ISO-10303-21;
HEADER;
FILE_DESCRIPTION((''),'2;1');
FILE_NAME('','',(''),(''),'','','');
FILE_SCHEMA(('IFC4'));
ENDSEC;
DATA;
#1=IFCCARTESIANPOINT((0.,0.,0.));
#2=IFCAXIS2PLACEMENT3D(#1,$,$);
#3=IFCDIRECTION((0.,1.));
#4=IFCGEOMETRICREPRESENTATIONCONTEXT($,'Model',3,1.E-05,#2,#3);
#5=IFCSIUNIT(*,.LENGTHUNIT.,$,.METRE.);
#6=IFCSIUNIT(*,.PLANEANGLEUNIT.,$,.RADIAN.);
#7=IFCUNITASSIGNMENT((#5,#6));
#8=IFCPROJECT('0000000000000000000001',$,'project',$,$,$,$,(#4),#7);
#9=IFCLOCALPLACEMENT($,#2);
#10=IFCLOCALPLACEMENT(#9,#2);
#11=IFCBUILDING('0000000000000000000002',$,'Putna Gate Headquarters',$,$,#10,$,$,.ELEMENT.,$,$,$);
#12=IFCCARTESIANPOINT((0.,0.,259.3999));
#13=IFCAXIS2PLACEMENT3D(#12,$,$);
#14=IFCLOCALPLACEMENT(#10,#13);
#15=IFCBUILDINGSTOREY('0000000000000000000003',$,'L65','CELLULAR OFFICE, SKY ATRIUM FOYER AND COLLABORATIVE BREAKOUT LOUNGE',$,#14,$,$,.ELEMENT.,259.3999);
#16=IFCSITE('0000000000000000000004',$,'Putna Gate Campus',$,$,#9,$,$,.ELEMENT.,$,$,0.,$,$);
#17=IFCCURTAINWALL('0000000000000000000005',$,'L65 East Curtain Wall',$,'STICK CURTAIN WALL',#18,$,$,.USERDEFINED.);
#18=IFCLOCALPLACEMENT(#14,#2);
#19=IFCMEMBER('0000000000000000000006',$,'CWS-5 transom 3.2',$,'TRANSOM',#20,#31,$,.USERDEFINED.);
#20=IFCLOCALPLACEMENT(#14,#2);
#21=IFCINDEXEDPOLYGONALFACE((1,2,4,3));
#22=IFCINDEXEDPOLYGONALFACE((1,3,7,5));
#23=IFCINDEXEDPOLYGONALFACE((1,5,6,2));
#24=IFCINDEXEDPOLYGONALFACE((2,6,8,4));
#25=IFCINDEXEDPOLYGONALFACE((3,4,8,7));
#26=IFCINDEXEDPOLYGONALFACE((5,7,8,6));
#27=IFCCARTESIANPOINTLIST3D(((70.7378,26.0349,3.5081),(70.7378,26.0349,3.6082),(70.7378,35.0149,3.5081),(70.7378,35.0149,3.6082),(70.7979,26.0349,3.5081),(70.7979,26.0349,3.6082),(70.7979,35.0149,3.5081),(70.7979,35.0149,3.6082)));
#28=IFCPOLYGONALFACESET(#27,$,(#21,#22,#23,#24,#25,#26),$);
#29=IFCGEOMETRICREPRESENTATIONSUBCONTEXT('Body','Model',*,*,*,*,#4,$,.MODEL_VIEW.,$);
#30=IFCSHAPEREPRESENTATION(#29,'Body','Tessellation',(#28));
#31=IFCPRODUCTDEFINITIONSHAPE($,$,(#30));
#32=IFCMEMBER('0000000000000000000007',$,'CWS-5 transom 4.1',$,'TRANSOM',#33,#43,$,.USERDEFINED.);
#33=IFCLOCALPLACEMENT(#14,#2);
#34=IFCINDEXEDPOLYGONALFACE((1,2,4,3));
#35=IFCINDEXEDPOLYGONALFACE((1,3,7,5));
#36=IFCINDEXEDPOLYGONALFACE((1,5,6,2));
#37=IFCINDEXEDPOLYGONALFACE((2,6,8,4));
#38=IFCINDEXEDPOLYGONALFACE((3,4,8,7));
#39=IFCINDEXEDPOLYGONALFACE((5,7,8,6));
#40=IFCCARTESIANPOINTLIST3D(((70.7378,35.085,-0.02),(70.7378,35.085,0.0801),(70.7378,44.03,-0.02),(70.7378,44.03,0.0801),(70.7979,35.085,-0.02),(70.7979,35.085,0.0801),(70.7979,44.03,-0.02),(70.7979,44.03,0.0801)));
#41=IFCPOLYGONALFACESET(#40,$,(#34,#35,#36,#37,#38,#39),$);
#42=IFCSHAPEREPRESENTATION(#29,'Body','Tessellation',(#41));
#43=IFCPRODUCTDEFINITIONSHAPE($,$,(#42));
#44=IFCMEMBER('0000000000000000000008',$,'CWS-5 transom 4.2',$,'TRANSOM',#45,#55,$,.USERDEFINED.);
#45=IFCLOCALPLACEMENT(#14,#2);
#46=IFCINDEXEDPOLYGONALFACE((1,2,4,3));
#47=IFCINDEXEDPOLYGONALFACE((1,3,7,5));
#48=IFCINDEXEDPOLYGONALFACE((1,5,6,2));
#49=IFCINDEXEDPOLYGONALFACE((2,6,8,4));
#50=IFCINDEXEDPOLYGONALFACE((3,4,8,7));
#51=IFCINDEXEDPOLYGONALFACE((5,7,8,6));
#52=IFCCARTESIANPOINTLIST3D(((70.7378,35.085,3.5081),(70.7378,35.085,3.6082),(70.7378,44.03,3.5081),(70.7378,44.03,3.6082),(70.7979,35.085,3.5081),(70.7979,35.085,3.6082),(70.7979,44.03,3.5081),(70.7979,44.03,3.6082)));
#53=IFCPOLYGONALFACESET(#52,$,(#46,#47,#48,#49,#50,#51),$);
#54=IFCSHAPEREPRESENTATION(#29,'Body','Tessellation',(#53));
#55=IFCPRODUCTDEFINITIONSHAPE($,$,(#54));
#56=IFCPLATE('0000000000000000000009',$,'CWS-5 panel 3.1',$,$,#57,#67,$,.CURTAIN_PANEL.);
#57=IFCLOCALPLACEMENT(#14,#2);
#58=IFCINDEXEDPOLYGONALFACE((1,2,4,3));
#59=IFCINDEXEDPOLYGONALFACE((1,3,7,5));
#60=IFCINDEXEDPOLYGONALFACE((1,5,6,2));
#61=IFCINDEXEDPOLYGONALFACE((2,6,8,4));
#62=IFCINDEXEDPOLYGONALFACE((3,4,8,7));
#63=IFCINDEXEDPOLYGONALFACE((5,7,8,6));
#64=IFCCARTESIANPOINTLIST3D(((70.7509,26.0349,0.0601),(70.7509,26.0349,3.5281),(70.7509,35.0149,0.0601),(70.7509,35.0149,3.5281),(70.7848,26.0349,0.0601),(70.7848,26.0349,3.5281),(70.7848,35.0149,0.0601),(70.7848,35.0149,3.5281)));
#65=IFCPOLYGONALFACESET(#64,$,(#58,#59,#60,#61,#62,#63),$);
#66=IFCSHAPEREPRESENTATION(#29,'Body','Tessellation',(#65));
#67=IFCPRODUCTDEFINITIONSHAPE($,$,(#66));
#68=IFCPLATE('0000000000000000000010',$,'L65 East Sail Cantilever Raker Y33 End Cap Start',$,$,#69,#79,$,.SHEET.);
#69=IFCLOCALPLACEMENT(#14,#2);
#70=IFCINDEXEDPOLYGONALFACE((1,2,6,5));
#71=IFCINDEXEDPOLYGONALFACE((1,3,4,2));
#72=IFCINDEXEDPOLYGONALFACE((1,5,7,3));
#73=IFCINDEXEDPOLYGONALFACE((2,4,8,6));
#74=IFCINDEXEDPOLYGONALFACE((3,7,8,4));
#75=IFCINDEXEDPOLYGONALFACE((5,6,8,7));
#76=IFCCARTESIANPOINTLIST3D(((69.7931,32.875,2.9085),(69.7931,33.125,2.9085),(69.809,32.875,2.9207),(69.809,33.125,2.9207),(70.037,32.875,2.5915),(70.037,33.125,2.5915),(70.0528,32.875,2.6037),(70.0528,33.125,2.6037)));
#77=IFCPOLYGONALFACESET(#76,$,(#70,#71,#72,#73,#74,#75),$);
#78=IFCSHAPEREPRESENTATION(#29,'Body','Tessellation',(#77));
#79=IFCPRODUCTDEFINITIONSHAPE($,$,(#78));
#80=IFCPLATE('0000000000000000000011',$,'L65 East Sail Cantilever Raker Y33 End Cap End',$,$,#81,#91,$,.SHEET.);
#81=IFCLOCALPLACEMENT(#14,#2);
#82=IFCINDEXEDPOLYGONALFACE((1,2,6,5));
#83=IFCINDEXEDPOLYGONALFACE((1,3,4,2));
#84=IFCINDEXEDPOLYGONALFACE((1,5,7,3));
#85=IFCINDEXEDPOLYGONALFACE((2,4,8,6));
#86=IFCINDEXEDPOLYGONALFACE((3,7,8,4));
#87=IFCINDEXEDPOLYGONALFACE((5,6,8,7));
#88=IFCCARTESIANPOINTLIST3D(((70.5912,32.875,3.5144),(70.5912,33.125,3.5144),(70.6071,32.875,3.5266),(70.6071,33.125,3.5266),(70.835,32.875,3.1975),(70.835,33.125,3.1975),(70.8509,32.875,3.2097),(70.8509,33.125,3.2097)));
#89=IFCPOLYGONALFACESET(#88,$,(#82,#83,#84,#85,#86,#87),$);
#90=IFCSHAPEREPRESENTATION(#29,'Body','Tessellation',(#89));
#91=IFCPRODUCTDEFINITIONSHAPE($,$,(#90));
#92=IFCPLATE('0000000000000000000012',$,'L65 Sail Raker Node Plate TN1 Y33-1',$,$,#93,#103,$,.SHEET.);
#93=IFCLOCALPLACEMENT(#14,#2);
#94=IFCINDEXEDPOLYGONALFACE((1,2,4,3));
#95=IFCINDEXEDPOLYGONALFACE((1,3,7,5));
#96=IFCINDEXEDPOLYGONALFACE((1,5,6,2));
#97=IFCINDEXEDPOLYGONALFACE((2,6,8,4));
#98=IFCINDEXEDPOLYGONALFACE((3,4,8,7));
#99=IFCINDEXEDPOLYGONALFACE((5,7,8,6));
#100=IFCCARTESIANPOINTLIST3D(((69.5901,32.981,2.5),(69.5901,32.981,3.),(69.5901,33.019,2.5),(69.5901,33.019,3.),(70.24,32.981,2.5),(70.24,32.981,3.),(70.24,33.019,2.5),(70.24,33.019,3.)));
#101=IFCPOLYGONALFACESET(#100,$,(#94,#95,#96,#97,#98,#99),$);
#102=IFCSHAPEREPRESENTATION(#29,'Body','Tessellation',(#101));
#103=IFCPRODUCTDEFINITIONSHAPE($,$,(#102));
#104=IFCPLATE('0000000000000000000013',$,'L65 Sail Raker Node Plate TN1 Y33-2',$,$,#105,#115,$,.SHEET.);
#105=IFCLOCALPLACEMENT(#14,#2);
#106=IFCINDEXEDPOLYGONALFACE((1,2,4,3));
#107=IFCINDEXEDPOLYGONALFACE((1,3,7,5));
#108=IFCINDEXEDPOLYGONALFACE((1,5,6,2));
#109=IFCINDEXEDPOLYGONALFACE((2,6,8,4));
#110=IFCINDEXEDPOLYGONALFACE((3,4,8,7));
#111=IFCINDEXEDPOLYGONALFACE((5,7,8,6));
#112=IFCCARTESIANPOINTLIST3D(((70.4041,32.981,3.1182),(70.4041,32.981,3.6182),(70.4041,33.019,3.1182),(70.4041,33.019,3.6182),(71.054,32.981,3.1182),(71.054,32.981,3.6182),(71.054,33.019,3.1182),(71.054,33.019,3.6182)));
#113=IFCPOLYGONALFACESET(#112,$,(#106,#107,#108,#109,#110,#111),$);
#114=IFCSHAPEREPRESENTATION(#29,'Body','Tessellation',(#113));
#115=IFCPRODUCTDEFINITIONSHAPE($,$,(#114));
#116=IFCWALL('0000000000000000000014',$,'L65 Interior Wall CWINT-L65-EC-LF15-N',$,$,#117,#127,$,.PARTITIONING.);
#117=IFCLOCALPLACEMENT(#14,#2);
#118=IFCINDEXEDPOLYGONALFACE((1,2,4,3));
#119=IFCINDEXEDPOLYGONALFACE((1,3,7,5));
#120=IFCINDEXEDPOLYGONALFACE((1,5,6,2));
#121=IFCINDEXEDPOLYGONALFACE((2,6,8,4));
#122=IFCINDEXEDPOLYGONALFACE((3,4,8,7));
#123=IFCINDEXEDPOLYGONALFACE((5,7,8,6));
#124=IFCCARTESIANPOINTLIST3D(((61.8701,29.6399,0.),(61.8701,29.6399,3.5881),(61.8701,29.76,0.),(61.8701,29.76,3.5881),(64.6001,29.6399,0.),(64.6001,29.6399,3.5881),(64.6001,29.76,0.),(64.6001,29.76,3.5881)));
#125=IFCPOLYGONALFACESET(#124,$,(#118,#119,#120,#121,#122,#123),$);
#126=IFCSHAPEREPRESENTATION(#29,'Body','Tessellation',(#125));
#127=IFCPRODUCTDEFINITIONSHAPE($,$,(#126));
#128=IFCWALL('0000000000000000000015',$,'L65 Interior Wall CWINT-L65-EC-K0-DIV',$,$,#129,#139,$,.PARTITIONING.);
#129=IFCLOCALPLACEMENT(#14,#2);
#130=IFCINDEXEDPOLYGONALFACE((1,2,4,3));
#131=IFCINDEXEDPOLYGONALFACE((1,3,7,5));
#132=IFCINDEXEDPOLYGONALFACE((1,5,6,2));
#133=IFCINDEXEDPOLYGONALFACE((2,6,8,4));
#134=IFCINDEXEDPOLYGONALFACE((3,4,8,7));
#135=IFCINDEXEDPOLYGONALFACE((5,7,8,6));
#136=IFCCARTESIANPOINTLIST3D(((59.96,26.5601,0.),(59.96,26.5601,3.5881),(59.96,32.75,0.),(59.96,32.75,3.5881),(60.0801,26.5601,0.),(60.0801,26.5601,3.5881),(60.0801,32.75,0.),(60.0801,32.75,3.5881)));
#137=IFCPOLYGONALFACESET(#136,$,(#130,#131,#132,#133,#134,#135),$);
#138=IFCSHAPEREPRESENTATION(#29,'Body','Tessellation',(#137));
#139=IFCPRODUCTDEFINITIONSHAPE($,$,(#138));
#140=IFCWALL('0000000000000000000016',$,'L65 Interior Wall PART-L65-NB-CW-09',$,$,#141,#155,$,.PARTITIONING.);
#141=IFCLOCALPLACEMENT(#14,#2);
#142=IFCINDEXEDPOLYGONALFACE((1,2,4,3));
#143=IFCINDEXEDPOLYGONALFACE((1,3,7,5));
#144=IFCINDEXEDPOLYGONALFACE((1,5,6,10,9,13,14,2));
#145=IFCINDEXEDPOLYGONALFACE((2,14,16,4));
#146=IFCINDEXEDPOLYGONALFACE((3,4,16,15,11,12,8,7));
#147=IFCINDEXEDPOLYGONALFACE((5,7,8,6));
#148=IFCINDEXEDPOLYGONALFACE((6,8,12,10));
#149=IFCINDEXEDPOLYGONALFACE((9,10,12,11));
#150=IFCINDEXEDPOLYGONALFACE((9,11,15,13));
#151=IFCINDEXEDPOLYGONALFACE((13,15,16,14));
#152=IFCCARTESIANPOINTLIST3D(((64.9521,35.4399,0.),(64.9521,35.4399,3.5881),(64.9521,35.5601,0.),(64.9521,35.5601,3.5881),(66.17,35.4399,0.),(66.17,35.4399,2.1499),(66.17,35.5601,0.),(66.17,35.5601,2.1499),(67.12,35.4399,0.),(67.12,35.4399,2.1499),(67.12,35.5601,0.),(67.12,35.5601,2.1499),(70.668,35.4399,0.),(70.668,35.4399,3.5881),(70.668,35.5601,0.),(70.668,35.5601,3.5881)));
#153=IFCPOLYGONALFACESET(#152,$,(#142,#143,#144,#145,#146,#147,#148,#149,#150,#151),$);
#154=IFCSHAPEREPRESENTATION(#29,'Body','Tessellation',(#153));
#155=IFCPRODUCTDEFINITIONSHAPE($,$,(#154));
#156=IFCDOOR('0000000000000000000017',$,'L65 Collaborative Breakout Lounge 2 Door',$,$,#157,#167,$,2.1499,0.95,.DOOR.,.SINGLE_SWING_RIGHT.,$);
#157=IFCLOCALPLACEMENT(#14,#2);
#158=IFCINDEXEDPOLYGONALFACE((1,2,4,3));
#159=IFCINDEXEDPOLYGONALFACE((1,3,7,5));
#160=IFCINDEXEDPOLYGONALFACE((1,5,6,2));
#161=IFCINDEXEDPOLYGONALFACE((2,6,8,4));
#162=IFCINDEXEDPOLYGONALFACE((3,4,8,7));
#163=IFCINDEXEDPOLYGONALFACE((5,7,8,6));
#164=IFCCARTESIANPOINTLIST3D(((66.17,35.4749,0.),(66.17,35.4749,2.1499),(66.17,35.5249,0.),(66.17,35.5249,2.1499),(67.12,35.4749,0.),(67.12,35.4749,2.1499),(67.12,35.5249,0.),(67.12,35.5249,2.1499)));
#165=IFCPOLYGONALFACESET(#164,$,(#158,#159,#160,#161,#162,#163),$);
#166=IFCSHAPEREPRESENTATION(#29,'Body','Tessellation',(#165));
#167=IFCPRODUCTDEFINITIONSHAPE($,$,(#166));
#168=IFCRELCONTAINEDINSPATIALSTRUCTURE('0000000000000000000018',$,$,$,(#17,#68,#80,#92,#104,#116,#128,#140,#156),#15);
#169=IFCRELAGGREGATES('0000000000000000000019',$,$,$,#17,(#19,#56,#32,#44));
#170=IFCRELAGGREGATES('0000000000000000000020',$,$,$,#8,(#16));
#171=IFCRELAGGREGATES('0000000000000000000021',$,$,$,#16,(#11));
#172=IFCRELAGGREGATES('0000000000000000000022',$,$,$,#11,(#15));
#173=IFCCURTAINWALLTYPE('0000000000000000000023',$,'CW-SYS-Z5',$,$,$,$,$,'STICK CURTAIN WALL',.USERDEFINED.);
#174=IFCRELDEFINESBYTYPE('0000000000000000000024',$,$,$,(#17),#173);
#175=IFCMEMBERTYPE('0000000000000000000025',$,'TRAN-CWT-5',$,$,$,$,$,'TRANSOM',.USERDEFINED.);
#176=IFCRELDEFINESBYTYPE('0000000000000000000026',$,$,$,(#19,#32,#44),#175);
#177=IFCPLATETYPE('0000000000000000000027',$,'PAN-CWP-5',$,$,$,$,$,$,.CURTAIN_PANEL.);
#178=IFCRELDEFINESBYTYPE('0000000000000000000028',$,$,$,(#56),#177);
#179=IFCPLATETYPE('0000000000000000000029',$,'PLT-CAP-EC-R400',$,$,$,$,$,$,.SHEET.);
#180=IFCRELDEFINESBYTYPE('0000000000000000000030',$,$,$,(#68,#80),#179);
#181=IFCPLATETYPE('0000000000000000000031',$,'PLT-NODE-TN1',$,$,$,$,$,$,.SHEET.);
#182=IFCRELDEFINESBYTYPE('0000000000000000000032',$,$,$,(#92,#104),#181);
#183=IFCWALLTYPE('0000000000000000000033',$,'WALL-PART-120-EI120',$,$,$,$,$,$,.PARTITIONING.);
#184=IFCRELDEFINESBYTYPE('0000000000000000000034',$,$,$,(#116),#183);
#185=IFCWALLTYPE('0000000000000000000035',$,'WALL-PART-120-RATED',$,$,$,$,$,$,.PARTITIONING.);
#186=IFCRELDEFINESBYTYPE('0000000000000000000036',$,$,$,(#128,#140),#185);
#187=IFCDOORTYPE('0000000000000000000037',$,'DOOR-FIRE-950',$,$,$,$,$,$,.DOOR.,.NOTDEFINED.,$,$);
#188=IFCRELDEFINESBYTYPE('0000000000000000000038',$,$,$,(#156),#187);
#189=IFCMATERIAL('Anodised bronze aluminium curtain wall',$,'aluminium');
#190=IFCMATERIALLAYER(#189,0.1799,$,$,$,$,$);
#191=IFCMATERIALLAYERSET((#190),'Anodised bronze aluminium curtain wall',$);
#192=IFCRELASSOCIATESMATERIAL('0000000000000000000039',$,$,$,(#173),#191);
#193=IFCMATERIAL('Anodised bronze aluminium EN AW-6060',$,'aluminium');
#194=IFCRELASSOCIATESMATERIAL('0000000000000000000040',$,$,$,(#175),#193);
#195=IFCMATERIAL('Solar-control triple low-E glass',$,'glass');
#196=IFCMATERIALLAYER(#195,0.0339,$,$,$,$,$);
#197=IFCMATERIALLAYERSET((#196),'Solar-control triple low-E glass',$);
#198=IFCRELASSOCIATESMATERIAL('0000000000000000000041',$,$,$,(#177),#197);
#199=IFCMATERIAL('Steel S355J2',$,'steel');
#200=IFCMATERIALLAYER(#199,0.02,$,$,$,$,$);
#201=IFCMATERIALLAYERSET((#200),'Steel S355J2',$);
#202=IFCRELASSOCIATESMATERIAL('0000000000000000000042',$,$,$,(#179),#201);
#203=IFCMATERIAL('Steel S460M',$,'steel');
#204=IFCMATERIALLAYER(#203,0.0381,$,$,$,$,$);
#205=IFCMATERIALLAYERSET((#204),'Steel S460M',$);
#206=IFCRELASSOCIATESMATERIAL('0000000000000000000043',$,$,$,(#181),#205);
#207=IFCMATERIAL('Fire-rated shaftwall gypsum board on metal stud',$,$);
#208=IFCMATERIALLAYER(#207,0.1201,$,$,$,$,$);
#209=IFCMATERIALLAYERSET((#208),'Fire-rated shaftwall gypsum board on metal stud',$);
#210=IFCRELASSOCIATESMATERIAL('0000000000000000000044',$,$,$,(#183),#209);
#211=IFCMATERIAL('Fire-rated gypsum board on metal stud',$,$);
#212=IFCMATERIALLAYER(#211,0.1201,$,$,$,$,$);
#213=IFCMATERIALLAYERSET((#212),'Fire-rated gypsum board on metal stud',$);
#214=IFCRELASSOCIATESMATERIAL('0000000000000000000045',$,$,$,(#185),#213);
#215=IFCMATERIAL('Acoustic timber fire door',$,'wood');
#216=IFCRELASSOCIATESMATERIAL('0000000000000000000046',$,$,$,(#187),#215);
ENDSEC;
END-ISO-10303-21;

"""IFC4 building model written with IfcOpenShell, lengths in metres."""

from ifc_helpers import new_model, si_unit, direction, frame, frame_2d, origin, origin_2d, place, context, subcontext, project, spatial, rectangle, extrude, material, layer, layer_set, material_profile, profile_set, type_object, element, fill, aggregate, save


model = new_model("IFC4")

# Units and contexts
model_context = context("Model", 3, precision=1e-05, world=origin(), true_north=direction((0.0, 1.0)))
body_context = subcontext(model_context, "Body", "Model", "MODEL_VIEW")
ifc_project = project(units=[si_unit("LENGTHUNIT", "METRE"), si_unit("PLANEANGLEUNIT", "RADIAN")], contexts=[model_context])

# Site, building, storey
site_placement = place(None, origin())
site = spatial("IfcSite", under=ifc_project, at=site_placement, Name="Putna Gate Campus", CompositionType="ELEMENT", RefElevation=0.0)
building_placement = place(site_placement, origin())
building = spatial("IfcBuilding", under=site, at=building_placement, Name="Putna Gate Headquarters", CompositionType="ELEMENT")
storey_placement = place(building_placement, frame((0.0, 0.0, 259.3999)))
storey = spatial("IfcBuildingStorey", under=building, at=storey_placement, Name="L65", Description="CELLULAR OFFICE, SKY ATRIUM FOYER AND COLLABORATIVE BREAKOUT LOUNGE", CompositionType="ELEMENT", Elevation=259.3999)

# Shared definitions
ifc_material_1 = material(Name="Steel S460M", Category="steel")

# Shared definitions
ifc_material_2 = material(Name="Steel S355J2", Category="steel")

# Curtain wall, members, plate
ifc_material_3 = material(Name="Anodised bronze aluminium curtain wall", Category="aluminium")
ifc_layer_1 = layer(ifc_material_3, 0.1799)
ifc_layer_set_1 = layer_set([ifc_layer_1], Name="Anodised bronze aluminium curtain wall")
curtain_wall_type = type_object("IfcCurtainWallType", Name="CW-SYS-Z5", ElementType="STICK CURTAIN WALL", PredefinedType="USERDEFINED", material=ifc_layer_set_1)
curtain_wall_placement = place(storey_placement, origin())
curtain_wall = element("IfcCurtainWall", 1, at=curtain_wall_placement, inside=storey, type_object=curtain_wall_type, Name="L65 East Curtain Wall", ObjectType="STICK CURTAIN WALL", PredefinedType="USERDEFINED")
ifc_material_4 = material(Name="Anodised bronze aluminium EN AW-6060", Category="aluminium")
ifc_material_profile_1 = material_profile(ifc_material_4, rectangle(XDim=0.0601, YDim=0.1001, at=origin_2d()), Name="Anodised bronze aluminium EN AW-6060")
ifc_profile_set_1 = profile_set([ifc_material_profile_1], Name="Anodised bronze aluminium EN AW-6060")
member_type_1 = type_object("IfcMemberType", Name="TRAN-CWT-5", ElementType="TRANSOM", PredefinedType="USERDEFINED", material=ifc_profile_set_1)
member_1_placement = place(storey_placement, frame((70.7678, 26.0349, 3.5581), z_axis=(0.0, 1.0, 0.0), x_axis=(-1.0, 0.0, 0.0)))
member_1 = element("IfcMember", 2, at=member_1_placement, type_object=member_type_1, Name="CWS-5 transom 3.2", ObjectType="TRANSOM", PredefinedType="USERDEFINED", context=body_context, shape_type="SweptSolid", body=[
    extrude(rectangle(XDim=0.0601, YDim=0.1001, at=origin_2d()), origin(), (0.0, 0.0, 1.0), 8.98),
])
member_2_placement = place(storey_placement, frame((70.7678, 35.085, 0.03), z_axis=(0.0, 1.0, 0.0), x_axis=(-1.0, 0.0, 0.0)))
member_2 = element("IfcMember", 3, at=member_2_placement, type_object=member_type_1, Name="CWS-5 transom 4.1", ObjectType="TRANSOM", PredefinedType="USERDEFINED", context=body_context, shape_type="SweptSolid", body=[
    extrude(rectangle(XDim=0.0601, YDim=0.1001, at=origin_2d()), origin(), (0.0, 0.0, 1.0), 8.9451),
])
member_3_placement = place(storey_placement, frame((70.7678, 35.085, 3.5581), z_axis=(0.0, 1.0, 0.0), x_axis=(-1.0, 0.0, 0.0)))
member_3 = element("IfcMember", 4, at=member_3_placement, type_object=member_type_1, Name="CWS-5 transom 4.2", ObjectType="TRANSOM", PredefinedType="USERDEFINED", context=body_context, shape_type="SweptSolid", body=[
    extrude(rectangle(XDim=0.0601, YDim=0.1001, at=origin_2d()), origin(), (0.0, 0.0, 1.0), 8.9451),
])
ifc_material_5 = material(Name="Solar-control triple low-E glass", Category="glass")
ifc_layer_2 = layer(ifc_material_5, 0.0339)
ifc_layer_set_2 = layer_set([ifc_layer_2], Name="Solar-control triple low-E glass")
plate_type_1 = type_object("IfcPlateType", Name="PAN-CWP-5", PredefinedType="CURTAIN_PANEL", material=ifc_layer_set_2)
plate_placement = place(storey_placement, frame((70.7678, 30.5249, 0.0601), z_axis=(0.0, 0.0, 1.0), x_axis=(0.0, 1.0, 0.0)))
plate = element("IfcPlate", 5, at=plate_placement, type_object=plate_type_1, Name="CWS-5 panel 3.1", PredefinedType="CURTAIN_PANEL", context=body_context, shape_type="SweptSolid", body=[
    extrude(rectangle(XDim=8.98, YDim=0.0339, at=origin_2d()), origin(), (0.0, 0.0, 1.0), 3.468),
])
aggregate(curtain_wall, [member_1, plate, member_2, member_3])

# Plates
ifc_layer_3 = layer(ifc_material_2, 0.02)
ifc_layer_set_3 = layer_set([ifc_layer_3], Name="Steel S355J2")
plate_type_2 = type_object("IfcPlateType", Name="PLT-CAP-EC-R400", PredefinedType="SHEET", material=ifc_layer_set_3)
for number, where, z_axis, x_axis, name in (
    (6, (69.915, 33.0, 2.75), (0.792624, 0.0, 0.609711), (0.0, 1.0, 0.0), "L65 East Sail Cantilever Raker Y33 End Cap Start"),
    (7, (70.7131, 33.0, 3.356), (0.792624, 0.0, 0.609711), (0.0, 1.0, 0.0), "L65 East Sail Cantilever Raker Y33 End Cap End"),
):
    element("IfcPlate", number, at=place(storey_placement, frame(where, z_axis=z_axis, x_axis=x_axis)), inside=storey, type_object=plate_type_2, Name=name, PredefinedType="SHEET", context=body_context, shape_type="SweptSolid", body=[
        extrude(rectangle(XDim=0.25, YDim=0.3999, at=origin_2d()), origin(), (0.0, 0.0, 1.0), 0.02),
    ])
ifc_layer_4 = layer(ifc_material_1, 0.0381)
ifc_layer_set_4 = layer_set([ifc_layer_4], Name="Steel S460M")
plate_type_3 = type_object("IfcPlateType", Name="PLT-NODE-TN1", PredefinedType="SHEET", material=ifc_layer_set_4)
for number, where, z_axis, x_axis, name in (
    (8, (69.915, 33.0, 2.5), (0.0, 0.0, 1.0), (1.0, 0.0, 0.0), "L65 Sail Raker Node Plate TN1 Y33-1"),
    (9, (70.729, 33.0, 3.1182), (0.0, 0.0, 1.0), (1.0, 0.0, 0.0), "L65 Sail Raker Node Plate TN1 Y33-2"),
):
    element("IfcPlate", number, at=place(storey_placement, frame(where, z_axis=z_axis, x_axis=x_axis)), inside=storey, type_object=plate_type_3, Name=name, PredefinedType="SHEET", context=body_context, shape_type="SweptSolid", body=[
        extrude(rectangle(XDim=0.6499, YDim=0.0381, at=origin_2d()), origin(), (0.0, 0.0, 1.0), 0.5),
    ])

# Walls
ifc_material_6 = material(Name="Fire-rated shaftwall gypsum board on metal stud")
ifc_layer_5 = layer(ifc_material_6, 0.1201)
ifc_layer_set_5 = layer_set([ifc_layer_5], Name="Fire-rated shaftwall gypsum board on metal stud")
wall_type_1 = type_object("IfcWallType", Name="WALL-PART-120-EI120", PredefinedType="PARTITIONING", material=ifc_layer_set_5)
wall_1_placement = place(storey_placement, frame((61.8701, 29.7, 0.0), z_axis=(0.0, 0.0, 1.0), x_axis=(1.0, 0.0, 0.0)))
element("IfcWall", 10, at=wall_1_placement, inside=storey, type_object=wall_type_1, Name="L65 Interior Wall CWINT-L65-EC-LF15-N", PredefinedType="PARTITIONING", context=body_context, shape_type="SweptSolid", body=[
    extrude(rectangle(XDim=2.73, YDim=0.1201, at=frame_2d((1.365, 0.0))), origin(), (0.0, 0.0, 1.0), 3.5881),
])
ifc_material_7 = material(Name="Fire-rated gypsum board on metal stud")
ifc_layer_6 = layer(ifc_material_7, 0.1201)
ifc_layer_set_6 = layer_set([ifc_layer_6], Name="Fire-rated gypsum board on metal stud")
wall_type_2 = type_object("IfcWallType", Name="WALL-PART-120-RATED", PredefinedType="PARTITIONING", material=ifc_layer_set_6)
wall_2_placement = place(storey_placement, frame((60.02, 26.5601, 0.0), z_axis=(0.0, 0.0, 1.0), x_axis=(0.0, 1.0, 0.0)))
element("IfcWall", 11, at=wall_2_placement, inside=storey, type_object=wall_type_2, Name="L65 Interior Wall CWINT-L65-EC-K0-DIV", PredefinedType="PARTITIONING", context=body_context, shape_type="SweptSolid", body=[
    extrude(rectangle(XDim=6.1899, YDim=0.1201, at=frame_2d((3.095, 0.0))), origin(), (0.0, 0.0, 1.0), 3.5881),
])

# Wall, opening, door
wall_3_placement = place(storey_placement, frame((64.9521, 35.5, 0.0), z_axis=(0.0, 0.0, 1.0), x_axis=(1.0, 0.0, 0.0)))
wall_3 = element("IfcWall", 12, at=wall_3_placement, inside=storey, type_object=wall_type_2, Name="L65 Interior Wall PART-L65-NB-CW-09", PredefinedType="PARTITIONING", context=body_context, shape_type="SweptSolid", body=[
    extrude(rectangle(XDim=5.7158, YDim=0.1201, at=frame_2d((2.8579, 0.0))), origin(), (0.0, 0.0, 1.0), 3.5881),
])
opening_1_placement = place(wall_3_placement, frame((1.2178, 0.0, 0.0)))
opening_1 = element("IfcOpeningElement", 13, at=opening_1_placement, cuts=wall_3, PredefinedType="OPENING", context=body_context, shape_type="SweptSolid", body=[
    extrude(rectangle(XDim=0.95, YDim=2.1499, at=frame_2d((0.4751, 1.075))), frame((0.0, 0.0701, 0.0), z_axis=(0.0, -1.0, 0.0), x_axis=(1.0, 0.0, 0.0)), (0.0, 0.0, 1.0), 0.1401),
])
ifc_material_8 = material(Name="Acoustic timber fire door", Category="wood")
door_type_1 = type_object("IfcDoorType", Name="DOOR-FIRE-950", OperationType="NOTDEFINED", PredefinedType="DOOR", material=ifc_material_8)
door_1_placement = place(opening_1_placement, origin())
door_1 = element("IfcDoor", 14, at=door_1_placement, inside=storey, type_object=door_type_1, Name="L65 Collaborative Breakout Lounge 2 Door", OperationType="SINGLE_SWING_RIGHT", OverallHeight=2.1499, OverallWidth=0.95, PredefinedType="DOOR", context=body_context, shape_type="SweptSolid", body=[
    extrude(rectangle(XDim=0.95, YDim=2.1499, at=frame_2d((0.4751, 1.075))), frame((0.0, 0.0249, 0.0), z_axis=(0.0, -1.0, 0.0), x_axis=(1.0, 0.0, 0.0)), (0.0, 0.0, 1.0), 0.05),
])
fill(opening_1, door_1)

save(model, "model.ifc")
